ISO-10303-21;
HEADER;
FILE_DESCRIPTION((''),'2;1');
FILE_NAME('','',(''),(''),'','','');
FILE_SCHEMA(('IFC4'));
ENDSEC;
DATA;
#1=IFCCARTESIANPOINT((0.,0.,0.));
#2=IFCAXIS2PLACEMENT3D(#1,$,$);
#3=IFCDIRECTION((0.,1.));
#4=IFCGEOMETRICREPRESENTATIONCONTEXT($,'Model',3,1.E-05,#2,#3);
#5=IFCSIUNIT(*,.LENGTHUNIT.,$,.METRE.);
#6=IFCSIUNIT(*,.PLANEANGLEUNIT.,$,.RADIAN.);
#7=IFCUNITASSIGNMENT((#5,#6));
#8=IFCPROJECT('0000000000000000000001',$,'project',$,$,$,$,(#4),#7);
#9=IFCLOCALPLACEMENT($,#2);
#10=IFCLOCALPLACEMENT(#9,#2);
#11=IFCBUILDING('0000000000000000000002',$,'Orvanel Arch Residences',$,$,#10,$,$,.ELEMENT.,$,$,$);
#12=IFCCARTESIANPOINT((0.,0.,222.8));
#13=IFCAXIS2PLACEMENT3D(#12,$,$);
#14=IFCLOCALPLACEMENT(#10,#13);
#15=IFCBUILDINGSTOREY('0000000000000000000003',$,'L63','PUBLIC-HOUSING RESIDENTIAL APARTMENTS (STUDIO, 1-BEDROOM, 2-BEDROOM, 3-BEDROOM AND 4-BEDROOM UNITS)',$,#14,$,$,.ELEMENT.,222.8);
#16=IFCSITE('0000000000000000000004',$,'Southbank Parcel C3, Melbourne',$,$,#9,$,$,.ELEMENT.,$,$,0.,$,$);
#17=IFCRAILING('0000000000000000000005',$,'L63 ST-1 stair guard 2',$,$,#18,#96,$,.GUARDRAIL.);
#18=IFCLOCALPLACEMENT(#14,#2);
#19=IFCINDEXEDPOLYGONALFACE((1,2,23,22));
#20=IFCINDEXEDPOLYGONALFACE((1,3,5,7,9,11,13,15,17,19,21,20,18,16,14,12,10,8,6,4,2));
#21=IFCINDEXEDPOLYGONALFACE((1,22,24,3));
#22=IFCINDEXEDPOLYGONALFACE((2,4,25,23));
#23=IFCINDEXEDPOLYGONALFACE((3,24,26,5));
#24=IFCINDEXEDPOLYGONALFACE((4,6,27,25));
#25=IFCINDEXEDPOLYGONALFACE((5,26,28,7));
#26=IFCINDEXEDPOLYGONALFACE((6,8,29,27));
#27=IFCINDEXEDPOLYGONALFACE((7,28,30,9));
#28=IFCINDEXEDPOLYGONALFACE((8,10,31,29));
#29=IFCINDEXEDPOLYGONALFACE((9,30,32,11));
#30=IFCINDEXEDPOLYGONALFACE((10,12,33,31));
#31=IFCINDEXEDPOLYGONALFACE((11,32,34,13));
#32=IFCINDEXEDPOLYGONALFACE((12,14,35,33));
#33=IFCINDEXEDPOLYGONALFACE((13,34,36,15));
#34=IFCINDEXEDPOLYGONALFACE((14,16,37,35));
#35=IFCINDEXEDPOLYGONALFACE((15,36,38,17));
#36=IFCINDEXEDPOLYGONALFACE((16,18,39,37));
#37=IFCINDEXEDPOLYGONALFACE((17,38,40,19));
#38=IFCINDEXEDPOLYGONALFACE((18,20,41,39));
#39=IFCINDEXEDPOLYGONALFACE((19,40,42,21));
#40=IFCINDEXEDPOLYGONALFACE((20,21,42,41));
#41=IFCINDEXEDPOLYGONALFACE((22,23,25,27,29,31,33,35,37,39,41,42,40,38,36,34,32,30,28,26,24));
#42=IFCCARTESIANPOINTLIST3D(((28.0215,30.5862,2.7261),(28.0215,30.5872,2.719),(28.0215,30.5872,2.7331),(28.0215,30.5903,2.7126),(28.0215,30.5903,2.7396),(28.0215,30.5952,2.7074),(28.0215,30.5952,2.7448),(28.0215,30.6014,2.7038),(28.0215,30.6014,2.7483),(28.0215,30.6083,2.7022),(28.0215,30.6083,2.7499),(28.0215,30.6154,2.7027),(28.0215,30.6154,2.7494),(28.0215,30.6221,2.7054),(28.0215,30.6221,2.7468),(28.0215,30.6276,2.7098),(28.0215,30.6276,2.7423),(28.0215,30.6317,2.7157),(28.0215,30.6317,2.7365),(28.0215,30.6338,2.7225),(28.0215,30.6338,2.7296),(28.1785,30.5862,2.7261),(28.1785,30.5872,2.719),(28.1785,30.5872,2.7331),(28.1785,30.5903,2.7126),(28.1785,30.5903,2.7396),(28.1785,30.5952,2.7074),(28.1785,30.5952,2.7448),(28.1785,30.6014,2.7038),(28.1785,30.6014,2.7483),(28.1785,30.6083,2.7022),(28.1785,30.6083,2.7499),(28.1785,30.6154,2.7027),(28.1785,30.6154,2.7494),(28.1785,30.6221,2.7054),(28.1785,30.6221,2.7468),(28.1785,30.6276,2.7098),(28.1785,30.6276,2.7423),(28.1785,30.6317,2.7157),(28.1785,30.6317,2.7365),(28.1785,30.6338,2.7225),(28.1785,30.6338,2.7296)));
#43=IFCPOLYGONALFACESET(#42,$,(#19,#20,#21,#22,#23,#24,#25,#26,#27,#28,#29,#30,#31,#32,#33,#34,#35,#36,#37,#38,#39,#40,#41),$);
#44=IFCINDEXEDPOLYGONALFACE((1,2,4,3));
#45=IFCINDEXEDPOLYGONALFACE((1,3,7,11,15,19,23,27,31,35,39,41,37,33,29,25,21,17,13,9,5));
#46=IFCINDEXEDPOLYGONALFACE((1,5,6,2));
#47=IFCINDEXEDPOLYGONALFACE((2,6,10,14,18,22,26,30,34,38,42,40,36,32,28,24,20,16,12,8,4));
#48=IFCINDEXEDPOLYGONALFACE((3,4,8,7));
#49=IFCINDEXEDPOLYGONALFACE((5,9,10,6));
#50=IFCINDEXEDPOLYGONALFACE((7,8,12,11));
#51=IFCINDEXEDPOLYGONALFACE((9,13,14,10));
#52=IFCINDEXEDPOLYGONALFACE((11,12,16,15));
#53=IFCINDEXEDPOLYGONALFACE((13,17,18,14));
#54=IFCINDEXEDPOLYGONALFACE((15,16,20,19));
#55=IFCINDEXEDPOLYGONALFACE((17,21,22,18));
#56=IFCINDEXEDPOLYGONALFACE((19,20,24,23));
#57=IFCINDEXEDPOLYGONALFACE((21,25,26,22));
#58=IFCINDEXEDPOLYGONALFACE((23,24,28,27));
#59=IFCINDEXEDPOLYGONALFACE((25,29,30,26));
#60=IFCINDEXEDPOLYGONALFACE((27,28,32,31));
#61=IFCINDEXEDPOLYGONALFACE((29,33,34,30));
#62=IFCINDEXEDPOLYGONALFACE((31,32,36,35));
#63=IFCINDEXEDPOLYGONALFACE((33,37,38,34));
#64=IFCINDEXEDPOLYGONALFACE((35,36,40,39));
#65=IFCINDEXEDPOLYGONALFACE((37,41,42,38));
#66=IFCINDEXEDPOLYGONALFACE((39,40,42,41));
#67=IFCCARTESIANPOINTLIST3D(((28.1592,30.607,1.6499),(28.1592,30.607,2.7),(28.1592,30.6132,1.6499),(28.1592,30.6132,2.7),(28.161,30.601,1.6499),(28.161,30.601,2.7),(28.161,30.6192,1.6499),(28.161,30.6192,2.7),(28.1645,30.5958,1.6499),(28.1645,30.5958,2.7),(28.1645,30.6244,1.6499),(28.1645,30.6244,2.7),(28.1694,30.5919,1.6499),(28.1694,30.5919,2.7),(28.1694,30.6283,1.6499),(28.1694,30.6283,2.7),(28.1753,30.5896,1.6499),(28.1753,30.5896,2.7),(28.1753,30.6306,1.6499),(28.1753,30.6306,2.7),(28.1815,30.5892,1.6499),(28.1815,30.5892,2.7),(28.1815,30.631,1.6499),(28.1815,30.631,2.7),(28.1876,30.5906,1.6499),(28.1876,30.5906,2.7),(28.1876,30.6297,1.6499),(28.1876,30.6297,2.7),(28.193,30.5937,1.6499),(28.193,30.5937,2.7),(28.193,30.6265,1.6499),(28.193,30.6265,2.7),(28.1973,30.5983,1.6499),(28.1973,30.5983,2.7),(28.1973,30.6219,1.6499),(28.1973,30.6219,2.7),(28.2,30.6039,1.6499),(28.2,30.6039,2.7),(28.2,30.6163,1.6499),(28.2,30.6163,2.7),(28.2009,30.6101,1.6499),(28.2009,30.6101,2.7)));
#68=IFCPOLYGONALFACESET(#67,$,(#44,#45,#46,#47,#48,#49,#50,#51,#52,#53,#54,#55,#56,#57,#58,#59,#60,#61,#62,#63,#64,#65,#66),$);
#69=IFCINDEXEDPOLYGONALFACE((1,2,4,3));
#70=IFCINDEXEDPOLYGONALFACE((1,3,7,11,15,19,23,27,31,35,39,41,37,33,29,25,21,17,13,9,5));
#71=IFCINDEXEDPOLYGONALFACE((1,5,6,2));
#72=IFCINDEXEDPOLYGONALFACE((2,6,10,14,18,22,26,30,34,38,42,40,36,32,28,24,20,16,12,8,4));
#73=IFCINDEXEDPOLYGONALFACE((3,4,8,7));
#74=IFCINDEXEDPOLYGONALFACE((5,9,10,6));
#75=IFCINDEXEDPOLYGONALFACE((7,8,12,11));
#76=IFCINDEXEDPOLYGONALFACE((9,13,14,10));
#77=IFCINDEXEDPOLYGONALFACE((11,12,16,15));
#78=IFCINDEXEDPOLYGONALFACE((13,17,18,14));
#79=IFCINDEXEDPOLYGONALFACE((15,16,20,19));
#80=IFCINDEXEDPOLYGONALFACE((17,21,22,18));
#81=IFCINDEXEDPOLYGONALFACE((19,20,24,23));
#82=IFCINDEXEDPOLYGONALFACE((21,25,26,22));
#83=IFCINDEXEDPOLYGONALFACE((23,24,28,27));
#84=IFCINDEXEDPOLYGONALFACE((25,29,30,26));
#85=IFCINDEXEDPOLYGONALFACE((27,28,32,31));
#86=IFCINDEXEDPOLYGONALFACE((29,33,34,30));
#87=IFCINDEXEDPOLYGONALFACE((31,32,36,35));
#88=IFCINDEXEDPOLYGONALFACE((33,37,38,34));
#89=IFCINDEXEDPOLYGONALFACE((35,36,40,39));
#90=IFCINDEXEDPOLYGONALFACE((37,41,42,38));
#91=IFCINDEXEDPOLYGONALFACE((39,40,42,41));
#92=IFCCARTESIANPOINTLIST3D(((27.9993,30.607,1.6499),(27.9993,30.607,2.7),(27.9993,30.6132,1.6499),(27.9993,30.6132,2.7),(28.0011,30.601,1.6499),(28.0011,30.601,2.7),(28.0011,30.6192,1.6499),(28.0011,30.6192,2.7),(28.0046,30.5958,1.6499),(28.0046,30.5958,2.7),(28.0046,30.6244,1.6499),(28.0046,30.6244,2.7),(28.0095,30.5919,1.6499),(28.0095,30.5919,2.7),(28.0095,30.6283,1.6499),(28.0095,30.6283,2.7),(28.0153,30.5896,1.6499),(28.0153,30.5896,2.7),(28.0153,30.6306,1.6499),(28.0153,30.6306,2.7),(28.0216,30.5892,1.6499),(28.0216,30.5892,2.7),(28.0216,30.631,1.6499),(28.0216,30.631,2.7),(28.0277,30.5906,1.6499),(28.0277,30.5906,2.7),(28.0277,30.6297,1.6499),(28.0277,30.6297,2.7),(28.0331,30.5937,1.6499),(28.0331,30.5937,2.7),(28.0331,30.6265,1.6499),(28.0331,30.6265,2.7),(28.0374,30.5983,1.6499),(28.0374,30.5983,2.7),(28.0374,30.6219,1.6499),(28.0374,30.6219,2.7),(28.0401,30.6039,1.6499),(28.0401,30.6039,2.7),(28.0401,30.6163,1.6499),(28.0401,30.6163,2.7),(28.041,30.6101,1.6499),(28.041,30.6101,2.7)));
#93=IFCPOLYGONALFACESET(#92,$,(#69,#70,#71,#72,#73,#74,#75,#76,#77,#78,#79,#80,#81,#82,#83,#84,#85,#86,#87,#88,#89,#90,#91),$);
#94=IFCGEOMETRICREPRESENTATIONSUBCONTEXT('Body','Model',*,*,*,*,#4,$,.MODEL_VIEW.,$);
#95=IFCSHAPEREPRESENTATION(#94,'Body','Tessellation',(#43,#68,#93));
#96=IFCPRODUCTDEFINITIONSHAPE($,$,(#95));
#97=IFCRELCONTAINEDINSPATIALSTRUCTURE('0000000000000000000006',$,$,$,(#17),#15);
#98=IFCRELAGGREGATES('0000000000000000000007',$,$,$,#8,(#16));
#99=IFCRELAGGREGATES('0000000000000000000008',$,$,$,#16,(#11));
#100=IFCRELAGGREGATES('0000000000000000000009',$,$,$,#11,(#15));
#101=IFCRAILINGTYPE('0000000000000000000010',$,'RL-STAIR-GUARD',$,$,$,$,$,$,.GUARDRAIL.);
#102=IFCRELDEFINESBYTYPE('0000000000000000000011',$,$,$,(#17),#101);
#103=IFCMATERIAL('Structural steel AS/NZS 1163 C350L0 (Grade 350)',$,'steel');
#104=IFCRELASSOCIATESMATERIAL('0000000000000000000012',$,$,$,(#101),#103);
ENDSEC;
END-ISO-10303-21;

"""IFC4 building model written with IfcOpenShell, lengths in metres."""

from ifc_helpers import new_model, si_unit, direction, frame, origin, origin_2d, place, context, subcontext, project, spatial, circle, extrude, material, type_object, element, save


model = new_model("IFC4")

# Units and contexts
model_context = context("Model", 3, precision=1e-05, world=origin(), true_north=direction((0.0, 1.0)))
body_context = subcontext(model_context, "Body", "Model", "MODEL_VIEW")
ifc_project = project(units=[si_unit("LENGTHUNIT", "METRE"), si_unit("PLANEANGLEUNIT", "RADIAN")], contexts=[model_context])

# Site, building, storey
site_placement = place(None, origin())
site = spatial("IfcSite", under=ifc_project, at=site_placement, Name="Southbank Parcel C3, Melbourne", CompositionType="ELEMENT", RefElevation=0.0)
building_placement = place(site_placement, origin())
building = spatial("IfcBuilding", under=site, at=building_placement, Name="Orvanel Arch Residences", CompositionType="ELEMENT")
storey_placement = place(building_placement, frame((0.0, 0.0, 222.8)))
storey = spatial("IfcBuildingStorey", under=building, at=storey_placement, Name="L63", Description="PUBLIC-HOUSING RESIDENTIAL APARTMENTS (STUDIO, 1-BEDROOM, 2-BEDROOM, 3-BEDROOM AND 4-BEDROOM UNITS)", CompositionType="ELEMENT", Elevation=222.8)

# Railing
ifc_material_1 = material(Name="Structural steel AS/NZS 1163 C350L0 (Grade 350)", Category="steel")
railing_type_1 = type_object("IfcRailingType", Name="RL-STAIR-GUARD", PredefinedType="GUARDRAIL", material=ifc_material_1)
railing_1_placement = place(storey_placement, frame((28.1799, 30.6101, 1.6499)))
element("IfcRailing", 1, at=railing_1_placement, inside=storey, type_object=railing_type_1, Name="L63 ST-1 stair guard 2", PredefinedType="GUARDRAIL", context=body_context, shape_type="SweptSolid", body=[
    extrude(circle(Radius=0.0239, at=origin_2d()), frame((-0.0015, 0.0, 1.0762), z_axis=(-1.0, 0.0, 0.0), x_axis=(0.0, -1.0, 0.0)), (0.0, 0.0, 1.0), 0.157),
    extrude(circle(Radius=0.021, at=origin_2d()), origin(), (0.0, 0.0, 1.0), 1.05),
    extrude(circle(Radius=0.021, at=origin_2d()), frame((-0.1599, 0.0, 0.0)), (0.0, 0.0, 1.0), 1.05),
])

save(model, "model.ifc")
